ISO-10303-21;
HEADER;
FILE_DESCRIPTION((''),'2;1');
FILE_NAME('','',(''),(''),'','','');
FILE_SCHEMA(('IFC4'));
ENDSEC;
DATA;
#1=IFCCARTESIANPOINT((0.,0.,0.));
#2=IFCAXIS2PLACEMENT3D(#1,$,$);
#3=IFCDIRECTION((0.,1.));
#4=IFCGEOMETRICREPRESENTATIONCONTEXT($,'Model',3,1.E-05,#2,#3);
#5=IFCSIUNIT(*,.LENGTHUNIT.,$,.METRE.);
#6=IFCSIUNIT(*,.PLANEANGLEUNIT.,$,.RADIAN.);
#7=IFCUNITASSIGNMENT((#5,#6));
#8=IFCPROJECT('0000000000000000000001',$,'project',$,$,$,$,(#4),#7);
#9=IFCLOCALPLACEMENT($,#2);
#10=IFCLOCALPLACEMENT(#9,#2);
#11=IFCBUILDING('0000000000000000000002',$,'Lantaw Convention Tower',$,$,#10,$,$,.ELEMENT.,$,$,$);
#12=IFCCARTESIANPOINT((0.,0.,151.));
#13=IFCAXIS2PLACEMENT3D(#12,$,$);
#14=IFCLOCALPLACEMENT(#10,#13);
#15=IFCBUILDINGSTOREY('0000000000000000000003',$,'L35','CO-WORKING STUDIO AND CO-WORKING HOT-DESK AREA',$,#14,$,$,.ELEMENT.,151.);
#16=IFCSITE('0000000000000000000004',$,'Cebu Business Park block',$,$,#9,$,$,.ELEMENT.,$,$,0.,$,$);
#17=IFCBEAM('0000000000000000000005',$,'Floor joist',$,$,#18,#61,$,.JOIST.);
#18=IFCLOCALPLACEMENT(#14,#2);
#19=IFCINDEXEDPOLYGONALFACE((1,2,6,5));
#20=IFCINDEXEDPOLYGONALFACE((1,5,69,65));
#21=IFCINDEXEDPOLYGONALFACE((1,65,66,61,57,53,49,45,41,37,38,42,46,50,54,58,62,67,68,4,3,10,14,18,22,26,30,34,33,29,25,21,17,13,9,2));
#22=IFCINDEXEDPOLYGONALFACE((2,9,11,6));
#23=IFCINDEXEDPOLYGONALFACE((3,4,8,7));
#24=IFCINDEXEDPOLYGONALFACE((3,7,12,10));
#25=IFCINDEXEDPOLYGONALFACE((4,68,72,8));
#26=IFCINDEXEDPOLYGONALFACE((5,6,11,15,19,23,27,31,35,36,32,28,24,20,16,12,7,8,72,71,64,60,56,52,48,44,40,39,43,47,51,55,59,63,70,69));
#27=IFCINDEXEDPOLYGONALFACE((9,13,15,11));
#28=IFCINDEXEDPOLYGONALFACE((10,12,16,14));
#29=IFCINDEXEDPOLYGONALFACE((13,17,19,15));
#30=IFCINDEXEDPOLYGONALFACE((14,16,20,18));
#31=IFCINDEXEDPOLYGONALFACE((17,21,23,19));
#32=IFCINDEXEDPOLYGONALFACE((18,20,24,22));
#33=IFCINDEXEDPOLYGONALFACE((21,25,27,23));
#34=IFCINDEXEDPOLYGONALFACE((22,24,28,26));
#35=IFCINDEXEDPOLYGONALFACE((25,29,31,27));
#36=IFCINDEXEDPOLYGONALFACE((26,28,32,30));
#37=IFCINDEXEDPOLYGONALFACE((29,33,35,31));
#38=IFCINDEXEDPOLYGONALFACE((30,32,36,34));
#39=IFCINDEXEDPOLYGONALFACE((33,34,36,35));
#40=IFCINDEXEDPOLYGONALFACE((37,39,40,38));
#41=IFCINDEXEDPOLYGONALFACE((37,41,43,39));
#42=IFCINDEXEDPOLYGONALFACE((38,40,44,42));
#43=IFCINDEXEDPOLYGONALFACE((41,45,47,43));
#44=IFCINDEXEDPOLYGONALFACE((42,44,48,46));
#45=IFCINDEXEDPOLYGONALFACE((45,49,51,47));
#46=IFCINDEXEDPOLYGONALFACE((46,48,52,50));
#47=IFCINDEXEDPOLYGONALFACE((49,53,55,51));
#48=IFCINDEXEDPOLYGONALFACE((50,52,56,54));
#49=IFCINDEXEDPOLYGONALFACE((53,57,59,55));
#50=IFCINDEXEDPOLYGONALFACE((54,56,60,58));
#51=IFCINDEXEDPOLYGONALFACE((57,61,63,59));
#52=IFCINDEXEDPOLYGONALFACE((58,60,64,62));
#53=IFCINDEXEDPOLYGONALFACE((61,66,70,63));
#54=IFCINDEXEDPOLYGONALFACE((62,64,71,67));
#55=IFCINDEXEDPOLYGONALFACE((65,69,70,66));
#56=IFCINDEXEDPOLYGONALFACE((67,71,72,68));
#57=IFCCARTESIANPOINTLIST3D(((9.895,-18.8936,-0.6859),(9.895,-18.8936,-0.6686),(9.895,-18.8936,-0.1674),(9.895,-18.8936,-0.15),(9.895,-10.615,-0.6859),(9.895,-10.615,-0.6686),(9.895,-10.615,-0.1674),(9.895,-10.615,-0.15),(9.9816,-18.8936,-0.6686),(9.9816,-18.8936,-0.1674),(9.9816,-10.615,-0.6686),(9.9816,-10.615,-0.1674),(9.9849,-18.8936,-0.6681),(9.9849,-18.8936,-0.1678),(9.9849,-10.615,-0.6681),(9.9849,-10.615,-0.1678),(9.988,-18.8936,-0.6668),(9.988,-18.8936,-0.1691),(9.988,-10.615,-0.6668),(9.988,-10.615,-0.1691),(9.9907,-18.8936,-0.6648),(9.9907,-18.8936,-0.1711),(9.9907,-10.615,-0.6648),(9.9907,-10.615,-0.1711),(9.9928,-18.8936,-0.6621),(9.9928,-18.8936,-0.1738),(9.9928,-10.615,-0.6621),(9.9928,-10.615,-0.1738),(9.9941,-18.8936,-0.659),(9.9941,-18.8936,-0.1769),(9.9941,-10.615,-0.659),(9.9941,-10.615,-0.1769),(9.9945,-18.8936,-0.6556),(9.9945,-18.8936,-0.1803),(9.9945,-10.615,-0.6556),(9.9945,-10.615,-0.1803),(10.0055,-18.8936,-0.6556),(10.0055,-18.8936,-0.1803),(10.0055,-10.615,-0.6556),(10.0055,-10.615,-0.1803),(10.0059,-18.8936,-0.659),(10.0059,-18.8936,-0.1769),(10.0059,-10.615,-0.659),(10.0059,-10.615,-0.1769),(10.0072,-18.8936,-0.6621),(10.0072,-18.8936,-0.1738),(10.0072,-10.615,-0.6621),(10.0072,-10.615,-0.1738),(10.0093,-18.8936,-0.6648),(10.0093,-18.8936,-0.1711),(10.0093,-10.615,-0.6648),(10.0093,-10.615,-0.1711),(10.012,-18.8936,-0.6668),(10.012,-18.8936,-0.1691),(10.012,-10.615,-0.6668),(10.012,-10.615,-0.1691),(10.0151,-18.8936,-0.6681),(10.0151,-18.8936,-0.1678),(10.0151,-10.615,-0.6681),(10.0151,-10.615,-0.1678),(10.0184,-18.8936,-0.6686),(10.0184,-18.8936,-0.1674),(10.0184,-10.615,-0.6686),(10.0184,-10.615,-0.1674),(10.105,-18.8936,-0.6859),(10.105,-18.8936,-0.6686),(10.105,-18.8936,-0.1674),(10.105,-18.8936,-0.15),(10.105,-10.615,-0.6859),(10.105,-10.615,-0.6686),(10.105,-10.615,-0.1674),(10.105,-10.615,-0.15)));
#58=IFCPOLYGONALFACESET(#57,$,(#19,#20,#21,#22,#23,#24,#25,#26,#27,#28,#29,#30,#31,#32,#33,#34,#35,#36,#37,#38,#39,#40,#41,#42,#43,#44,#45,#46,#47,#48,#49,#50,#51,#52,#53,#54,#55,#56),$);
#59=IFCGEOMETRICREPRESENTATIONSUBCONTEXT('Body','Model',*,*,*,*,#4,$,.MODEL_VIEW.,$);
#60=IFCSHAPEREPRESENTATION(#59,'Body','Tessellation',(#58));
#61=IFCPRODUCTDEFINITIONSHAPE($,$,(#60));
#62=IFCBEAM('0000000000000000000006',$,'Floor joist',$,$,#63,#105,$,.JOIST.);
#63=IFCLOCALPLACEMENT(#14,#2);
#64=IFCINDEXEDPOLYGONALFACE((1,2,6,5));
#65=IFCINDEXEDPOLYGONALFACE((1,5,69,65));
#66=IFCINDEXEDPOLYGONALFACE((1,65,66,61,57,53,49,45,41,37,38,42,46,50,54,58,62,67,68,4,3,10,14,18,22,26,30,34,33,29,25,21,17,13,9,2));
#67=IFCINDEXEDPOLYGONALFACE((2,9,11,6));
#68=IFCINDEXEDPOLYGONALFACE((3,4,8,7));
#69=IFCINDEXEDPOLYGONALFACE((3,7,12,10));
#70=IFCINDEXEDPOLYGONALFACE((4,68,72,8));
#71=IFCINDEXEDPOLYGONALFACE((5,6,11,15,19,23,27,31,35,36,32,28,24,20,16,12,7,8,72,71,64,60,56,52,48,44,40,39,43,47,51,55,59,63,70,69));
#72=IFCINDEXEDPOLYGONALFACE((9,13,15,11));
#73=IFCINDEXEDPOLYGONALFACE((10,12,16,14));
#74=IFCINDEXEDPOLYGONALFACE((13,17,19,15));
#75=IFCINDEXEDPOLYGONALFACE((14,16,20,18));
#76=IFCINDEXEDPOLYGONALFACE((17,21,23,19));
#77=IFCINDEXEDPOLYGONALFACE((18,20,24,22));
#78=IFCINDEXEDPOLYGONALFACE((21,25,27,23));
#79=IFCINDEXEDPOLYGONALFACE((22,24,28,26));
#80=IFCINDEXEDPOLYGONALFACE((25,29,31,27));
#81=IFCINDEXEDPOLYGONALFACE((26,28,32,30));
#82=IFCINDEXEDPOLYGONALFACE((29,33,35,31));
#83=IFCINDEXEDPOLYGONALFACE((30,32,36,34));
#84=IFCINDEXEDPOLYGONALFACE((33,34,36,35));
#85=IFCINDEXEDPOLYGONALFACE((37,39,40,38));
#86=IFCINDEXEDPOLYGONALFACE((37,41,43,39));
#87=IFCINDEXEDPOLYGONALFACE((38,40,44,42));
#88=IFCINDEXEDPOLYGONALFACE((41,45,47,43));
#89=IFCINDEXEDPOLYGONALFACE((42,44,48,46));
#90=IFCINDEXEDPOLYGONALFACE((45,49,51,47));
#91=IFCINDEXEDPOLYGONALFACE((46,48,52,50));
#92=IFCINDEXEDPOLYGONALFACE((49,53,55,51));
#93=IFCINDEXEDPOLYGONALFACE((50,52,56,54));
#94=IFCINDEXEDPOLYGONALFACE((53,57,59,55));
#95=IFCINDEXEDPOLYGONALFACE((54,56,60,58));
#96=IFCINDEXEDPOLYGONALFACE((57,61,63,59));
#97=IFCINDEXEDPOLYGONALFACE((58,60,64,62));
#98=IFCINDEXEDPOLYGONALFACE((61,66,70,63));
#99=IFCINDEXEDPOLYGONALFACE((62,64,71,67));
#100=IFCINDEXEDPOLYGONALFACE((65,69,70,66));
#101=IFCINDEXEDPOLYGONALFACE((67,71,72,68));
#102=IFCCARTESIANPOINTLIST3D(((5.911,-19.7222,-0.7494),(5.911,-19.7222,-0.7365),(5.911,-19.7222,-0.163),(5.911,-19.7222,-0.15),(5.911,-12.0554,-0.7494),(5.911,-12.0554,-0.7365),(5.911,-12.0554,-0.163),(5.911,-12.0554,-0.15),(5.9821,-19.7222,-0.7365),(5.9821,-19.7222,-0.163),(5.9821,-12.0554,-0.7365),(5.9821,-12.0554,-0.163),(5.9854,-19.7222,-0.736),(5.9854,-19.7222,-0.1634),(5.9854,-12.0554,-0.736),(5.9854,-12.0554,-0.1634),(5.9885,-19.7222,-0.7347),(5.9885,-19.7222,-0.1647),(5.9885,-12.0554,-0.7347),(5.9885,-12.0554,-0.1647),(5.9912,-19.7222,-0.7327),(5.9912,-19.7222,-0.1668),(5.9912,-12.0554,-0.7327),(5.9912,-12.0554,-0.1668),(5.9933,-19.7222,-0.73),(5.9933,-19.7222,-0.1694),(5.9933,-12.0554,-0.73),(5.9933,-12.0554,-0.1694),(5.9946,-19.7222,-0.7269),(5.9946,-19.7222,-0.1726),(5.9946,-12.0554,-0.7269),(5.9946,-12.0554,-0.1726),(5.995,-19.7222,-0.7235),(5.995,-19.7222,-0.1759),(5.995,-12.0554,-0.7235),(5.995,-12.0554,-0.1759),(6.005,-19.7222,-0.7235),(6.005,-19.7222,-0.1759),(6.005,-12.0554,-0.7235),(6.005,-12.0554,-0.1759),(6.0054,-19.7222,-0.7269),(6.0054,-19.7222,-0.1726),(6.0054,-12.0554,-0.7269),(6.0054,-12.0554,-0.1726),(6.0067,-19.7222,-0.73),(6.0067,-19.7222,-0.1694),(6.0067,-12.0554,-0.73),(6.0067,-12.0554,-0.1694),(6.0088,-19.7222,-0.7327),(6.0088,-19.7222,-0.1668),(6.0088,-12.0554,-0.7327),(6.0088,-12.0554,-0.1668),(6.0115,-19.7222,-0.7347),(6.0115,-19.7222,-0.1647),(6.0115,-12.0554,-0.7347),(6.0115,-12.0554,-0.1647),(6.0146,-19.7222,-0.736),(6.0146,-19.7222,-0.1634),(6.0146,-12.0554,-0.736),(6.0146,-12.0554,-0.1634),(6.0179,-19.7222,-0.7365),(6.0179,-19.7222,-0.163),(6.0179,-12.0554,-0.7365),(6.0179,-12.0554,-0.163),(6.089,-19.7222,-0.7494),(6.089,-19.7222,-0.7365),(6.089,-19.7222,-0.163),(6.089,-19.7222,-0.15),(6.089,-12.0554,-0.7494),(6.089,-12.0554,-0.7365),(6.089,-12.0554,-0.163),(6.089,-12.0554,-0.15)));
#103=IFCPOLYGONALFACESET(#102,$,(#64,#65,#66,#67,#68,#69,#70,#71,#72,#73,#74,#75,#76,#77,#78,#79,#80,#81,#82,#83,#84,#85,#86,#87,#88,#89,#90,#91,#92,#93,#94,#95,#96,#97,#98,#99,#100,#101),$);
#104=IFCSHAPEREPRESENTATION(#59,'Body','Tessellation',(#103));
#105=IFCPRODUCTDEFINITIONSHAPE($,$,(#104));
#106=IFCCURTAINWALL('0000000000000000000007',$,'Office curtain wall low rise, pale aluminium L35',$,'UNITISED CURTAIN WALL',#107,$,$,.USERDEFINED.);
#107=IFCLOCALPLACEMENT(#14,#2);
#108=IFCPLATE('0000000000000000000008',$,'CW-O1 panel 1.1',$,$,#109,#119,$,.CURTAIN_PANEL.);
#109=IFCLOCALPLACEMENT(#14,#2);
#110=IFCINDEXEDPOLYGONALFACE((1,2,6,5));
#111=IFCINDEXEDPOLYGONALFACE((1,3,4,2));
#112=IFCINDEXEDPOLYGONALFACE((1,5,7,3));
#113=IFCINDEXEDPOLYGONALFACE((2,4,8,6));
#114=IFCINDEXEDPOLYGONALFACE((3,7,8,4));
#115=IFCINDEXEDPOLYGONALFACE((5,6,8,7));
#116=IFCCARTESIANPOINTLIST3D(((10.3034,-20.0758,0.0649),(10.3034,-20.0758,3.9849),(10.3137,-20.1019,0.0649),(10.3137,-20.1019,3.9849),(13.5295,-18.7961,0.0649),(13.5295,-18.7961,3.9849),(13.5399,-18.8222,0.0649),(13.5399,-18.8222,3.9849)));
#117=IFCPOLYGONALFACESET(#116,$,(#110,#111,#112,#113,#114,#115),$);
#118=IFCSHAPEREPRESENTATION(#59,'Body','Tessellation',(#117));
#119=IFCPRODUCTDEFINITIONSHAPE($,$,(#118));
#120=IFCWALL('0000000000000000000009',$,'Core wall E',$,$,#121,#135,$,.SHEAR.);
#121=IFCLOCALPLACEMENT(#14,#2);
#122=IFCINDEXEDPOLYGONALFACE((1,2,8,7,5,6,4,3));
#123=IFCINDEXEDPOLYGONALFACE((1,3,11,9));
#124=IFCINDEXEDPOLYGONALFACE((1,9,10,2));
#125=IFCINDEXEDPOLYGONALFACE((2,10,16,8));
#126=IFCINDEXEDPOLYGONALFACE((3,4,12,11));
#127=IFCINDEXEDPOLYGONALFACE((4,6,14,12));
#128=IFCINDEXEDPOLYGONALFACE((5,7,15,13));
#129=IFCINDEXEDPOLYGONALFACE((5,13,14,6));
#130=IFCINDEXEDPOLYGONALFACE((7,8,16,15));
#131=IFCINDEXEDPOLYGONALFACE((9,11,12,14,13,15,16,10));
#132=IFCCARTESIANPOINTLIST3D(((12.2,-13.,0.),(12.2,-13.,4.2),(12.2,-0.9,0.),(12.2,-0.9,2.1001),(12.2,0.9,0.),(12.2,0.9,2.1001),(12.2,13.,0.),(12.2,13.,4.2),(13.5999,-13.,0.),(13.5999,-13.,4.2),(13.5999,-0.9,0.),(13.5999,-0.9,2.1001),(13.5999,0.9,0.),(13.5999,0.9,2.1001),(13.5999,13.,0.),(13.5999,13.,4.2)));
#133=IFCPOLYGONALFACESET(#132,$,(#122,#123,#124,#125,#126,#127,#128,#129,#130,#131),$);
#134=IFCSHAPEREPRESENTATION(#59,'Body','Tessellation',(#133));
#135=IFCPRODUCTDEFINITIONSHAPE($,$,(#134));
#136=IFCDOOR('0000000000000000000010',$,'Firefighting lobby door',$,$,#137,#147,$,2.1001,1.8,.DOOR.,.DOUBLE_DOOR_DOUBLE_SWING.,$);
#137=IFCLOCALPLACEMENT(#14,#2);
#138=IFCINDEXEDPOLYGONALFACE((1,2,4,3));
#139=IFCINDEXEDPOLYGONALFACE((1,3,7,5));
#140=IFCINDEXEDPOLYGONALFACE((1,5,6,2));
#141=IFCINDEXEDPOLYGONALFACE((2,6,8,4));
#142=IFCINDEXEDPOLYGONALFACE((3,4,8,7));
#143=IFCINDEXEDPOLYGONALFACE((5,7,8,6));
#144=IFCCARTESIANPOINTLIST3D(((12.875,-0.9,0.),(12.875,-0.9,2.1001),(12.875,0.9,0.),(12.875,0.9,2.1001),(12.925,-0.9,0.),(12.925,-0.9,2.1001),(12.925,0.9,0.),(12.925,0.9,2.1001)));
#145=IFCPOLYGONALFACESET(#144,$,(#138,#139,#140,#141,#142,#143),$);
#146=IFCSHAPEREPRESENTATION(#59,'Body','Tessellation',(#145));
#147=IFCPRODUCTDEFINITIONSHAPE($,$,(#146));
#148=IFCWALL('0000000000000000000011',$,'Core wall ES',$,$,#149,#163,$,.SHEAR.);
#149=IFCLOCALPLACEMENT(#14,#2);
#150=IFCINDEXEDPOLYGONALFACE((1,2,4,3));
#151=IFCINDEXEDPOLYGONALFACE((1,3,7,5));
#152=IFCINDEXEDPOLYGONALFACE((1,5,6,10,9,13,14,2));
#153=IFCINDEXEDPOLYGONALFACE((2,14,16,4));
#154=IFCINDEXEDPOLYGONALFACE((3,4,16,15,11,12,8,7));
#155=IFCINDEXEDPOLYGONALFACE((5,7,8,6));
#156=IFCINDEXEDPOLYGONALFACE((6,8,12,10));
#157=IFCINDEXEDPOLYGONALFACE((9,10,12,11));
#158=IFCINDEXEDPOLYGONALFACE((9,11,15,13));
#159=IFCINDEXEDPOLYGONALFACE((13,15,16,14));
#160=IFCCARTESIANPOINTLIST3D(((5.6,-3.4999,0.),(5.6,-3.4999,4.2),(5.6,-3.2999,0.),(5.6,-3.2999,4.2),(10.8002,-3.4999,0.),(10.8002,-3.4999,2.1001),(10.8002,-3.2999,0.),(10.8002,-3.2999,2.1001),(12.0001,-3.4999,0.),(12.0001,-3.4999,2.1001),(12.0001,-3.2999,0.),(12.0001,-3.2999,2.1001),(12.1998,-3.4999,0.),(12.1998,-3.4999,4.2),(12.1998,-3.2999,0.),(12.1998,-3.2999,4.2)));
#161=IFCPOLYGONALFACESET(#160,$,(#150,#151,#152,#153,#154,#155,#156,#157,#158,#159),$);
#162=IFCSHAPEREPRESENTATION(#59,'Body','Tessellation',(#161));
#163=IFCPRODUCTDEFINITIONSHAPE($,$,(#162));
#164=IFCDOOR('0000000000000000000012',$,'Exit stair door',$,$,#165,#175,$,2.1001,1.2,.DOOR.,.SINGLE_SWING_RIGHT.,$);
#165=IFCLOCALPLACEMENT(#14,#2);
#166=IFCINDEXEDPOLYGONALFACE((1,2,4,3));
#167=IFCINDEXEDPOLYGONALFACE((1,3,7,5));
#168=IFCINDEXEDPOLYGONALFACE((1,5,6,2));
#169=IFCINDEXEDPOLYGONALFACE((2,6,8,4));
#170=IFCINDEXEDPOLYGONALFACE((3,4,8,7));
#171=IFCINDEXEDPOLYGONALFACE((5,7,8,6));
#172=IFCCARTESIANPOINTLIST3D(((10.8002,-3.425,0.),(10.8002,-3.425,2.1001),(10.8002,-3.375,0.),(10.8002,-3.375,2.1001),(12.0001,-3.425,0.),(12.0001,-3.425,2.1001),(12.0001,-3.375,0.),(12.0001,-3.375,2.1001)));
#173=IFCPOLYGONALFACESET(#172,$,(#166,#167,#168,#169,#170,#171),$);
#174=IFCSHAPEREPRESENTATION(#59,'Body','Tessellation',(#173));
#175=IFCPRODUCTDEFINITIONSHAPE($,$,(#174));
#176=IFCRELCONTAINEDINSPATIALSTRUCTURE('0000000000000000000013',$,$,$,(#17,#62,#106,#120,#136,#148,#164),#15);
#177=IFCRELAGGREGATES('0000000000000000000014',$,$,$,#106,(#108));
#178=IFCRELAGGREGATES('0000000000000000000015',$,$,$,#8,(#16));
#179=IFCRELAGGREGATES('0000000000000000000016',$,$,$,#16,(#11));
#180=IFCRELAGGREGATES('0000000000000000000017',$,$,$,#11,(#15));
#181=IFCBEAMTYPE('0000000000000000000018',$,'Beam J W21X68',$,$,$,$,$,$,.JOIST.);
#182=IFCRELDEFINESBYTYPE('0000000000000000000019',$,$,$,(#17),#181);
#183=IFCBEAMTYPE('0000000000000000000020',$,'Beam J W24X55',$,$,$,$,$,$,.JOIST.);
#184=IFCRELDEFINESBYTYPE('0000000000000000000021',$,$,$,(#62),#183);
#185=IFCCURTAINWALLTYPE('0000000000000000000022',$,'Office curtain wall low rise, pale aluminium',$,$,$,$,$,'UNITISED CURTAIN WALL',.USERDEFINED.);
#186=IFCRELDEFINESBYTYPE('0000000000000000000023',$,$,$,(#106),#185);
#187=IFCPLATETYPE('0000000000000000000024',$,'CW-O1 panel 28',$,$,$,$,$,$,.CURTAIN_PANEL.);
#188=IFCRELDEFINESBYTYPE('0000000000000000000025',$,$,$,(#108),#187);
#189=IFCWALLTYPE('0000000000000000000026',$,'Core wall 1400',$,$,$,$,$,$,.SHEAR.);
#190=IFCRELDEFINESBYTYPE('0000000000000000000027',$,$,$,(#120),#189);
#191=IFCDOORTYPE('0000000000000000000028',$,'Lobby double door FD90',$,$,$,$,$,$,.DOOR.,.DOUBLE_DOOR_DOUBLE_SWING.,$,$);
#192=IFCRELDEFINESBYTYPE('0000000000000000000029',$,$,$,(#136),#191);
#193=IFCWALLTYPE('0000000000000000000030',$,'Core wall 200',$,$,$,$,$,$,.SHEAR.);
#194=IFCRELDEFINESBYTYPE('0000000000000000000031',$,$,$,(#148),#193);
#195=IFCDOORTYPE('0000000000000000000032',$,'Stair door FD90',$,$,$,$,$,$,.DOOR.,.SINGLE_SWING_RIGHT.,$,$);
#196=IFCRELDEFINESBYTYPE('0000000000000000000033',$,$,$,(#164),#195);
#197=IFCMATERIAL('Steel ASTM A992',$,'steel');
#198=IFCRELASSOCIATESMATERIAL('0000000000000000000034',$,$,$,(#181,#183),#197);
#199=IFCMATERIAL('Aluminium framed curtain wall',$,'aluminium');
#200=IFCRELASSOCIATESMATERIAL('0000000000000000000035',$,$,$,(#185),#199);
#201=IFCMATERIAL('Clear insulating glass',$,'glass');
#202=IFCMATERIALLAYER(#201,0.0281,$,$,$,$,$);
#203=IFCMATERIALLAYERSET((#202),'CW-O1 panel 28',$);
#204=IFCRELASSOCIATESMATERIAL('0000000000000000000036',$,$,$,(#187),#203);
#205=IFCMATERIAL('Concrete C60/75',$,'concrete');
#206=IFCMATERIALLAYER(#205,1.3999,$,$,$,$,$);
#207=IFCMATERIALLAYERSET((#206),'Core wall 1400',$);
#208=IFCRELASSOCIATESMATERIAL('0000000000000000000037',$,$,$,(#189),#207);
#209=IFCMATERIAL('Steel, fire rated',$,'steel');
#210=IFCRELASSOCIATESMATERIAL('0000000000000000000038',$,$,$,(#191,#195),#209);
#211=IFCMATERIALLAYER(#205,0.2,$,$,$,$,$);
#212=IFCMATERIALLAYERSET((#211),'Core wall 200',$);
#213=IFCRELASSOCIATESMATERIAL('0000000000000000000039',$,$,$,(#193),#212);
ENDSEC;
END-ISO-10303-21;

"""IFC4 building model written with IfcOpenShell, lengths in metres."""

from ifc_helpers import new_model, si_unit, direction, frame, frame_2d, origin, origin_2d, place, context, subcontext, project, spatial, rectangle, i_section, extrude, material, layer, layer_set, material_profile, profile_set, type_object, element, fill, aggregate, save


model = new_model("IFC4")

# Units and contexts
model_context = context("Model", 3, precision=1e-05, world=origin(), true_north=direction((0.0, 1.0)))
body_context = subcontext(model_context, "Body", "Model", "MODEL_VIEW")
ifc_project = project(units=[si_unit("LENGTHUNIT", "METRE"), si_unit("PLANEANGLEUNIT", "RADIAN")], contexts=[model_context])

# Site, building, storey
site_placement = place(None, origin())
site = spatial("IfcSite", under=ifc_project, at=site_placement, Name="Cebu Business Park block", CompositionType="ELEMENT", RefElevation=0.0)
building_placement = place(site_placement, origin())
building = spatial("IfcBuilding", under=site, at=building_placement, Name="Lantaw Convention Tower", CompositionType="ELEMENT")
storey_placement = place(building_placement, frame((0.0, 0.0, 151.0)))
storey = spatial("IfcBuildingStorey", under=building, at=storey_placement, Name="L35", Description="CO-WORKING STUDIO AND CO-WORKING HOT-DESK AREA", CompositionType="ELEMENT", Elevation=151.0)

# Shared definitions
ifc_material_1 = material(Name="Concrete C60/75", Category="concrete")

# Beams
ifc_material_2 = material(Name="Steel ASTM A992", Category="steel")
ifc_material_profile_1 = material_profile(ifc_material_2, i_section(OverallWidth=0.21, OverallDepth=0.5359, WebThickness=0.011, FlangeThickness=0.0173, FilletRadius=0.0129, at=origin_2d()), Name="W21X68")
ifc_profile_set_1 = profile_set([ifc_material_profile_1], Name="Steel ASTM A992")
beam_type_1 = type_object("IfcBeamType", Name="Beam J W21X68", PredefinedType="JOIST", material=ifc_profile_set_1)
beam_1_placement = place(storey_placement, frame((10.0, -18.8936, -0.418), z_axis=(0.0, 1.0, 0.0), x_axis=(-1.0, 0.0, 0.0)))
element("IfcBeam", 1, at=beam_1_placement, inside=storey, type_object=beam_type_1, Name="Floor joist", PredefinedType="JOIST", context=body_context, shape_type="SweptSolid", body=[
    extrude(i_section(OverallWidth=0.21, OverallDepth=0.5359, WebThickness=0.011, FlangeThickness=0.0173, FilletRadius=0.0129, at=origin_2d()), origin(), (0.0, 0.0, 1.0), 8.2786),
])
ifc_material_profile_2 = material_profile(ifc_material_2, i_section(OverallWidth=0.178, OverallDepth=0.5994, WebThickness=0.01, FlangeThickness=0.0129, FilletRadius=0.0129, at=origin_2d()), Name="W24X55")
ifc_profile_set_2 = profile_set([ifc_material_profile_2], Name="Steel ASTM A992")
beam_type_2 = type_object("IfcBeamType", Name="Beam J W24X55", PredefinedType="JOIST", material=ifc_profile_set_2)
beam_2_placement = place(storey_placement, frame((6.0, -19.7222, -0.4497), z_axis=(0.0, 1.0, 0.0), x_axis=(-1.0, 0.0, 0.0)))
element("IfcBeam", 2, at=beam_2_placement, inside=storey, type_object=beam_type_2, Name="Floor joist", PredefinedType="JOIST", context=body_context, shape_type="SweptSolid", body=[
    extrude(i_section(OverallWidth=0.178, OverallDepth=0.5994, WebThickness=0.01, FlangeThickness=0.0129, FilletRadius=0.0129, at=origin_2d()), origin(), (0.0, 0.0, 1.0), 7.6667),
])

# Curtain wall, plate
ifc_material_3 = material(Name="Aluminium framed curtain wall", Category="aluminium")
curtain_wall_type = type_object("IfcCurtainWallType", Name="Office curtain wall low rise, pale aluminium", ElementType="UNITISED CURTAIN WALL", PredefinedType="USERDEFINED", material=ifc_material_3)
curtain_wall_placement = place(storey_placement, origin())
curtain_wall = element("IfcCurtainWall", 3, at=curtain_wall_placement, inside=storey, type_object=curtain_wall_type, Name="Office curtain wall low rise, pale aluminium L35", ObjectType="UNITISED CURTAIN WALL", PredefinedType="USERDEFINED")
ifc_material_4 = material(Name="Clear insulating glass", Category="glass")
ifc_layer_1 = layer(ifc_material_4, 0.0281)
ifc_layer_set_1 = layer_set([ifc_layer_1], Name="CW-O1 panel 28")
plate_type = type_object("IfcPlateType", Name="CW-O1 panel 28", PredefinedType="CURTAIN_PANEL", material=ifc_layer_set_1)
plate_placement = place(storey_placement, frame((11.9216, -19.449, 0.0649), z_axis=(0.0, 0.0, 1.0), x_axis=(0.929548, 0.368702, 0.0)))
plate = element("IfcPlate", 4, at=plate_placement, type_object=plate_type, Name="CW-O1 panel 1.1", PredefinedType="CURTAIN_PANEL", context=body_context, shape_type="SweptSolid", body=[
    extrude(rectangle(XDim=3.4707, YDim=0.0281, at=origin_2d()), origin(), (0.0, 0.0, 1.0), 3.9199),
])
aggregate(curtain_wall, [plate])

# Walls, openings, doors
ifc_layer_2 = layer(ifc_material_1, 1.3999)
ifc_layer_set_2 = layer_set([ifc_layer_2], Name="Core wall 1400")
wall_type_1 = type_object("IfcWallType", Name="Core wall 1400", PredefinedType="SHEAR", material=ifc_layer_set_2)
wall_1_placement = place(storey_placement, frame((12.8999, -13.0, 0.0), z_axis=(0.0, 0.0, 1.0), x_axis=(0.0, 1.0, 0.0)))
wall_1 = element("IfcWall", 5, at=wall_1_placement, inside=storey, type_object=wall_type_1, Name="Core wall E", PredefinedType="SHEAR", context=body_context, shape_type="SweptSolid", body=[
    extrude(rectangle(XDim=26.0, YDim=1.3999, at=frame_2d((13.0, 0.0))), origin(), (0.0, 0.0, 1.0), 4.2),
])
opening_1_placement = place(wall_1_placement, frame((12.1001, 0.0, 0.0)))
opening_1 = element("IfcOpeningElement", 6, at=opening_1_placement, cuts=wall_1, PredefinedType="OPENING", context=body_context, shape_type="SweptSolid", body=[
    extrude(rectangle(XDim=1.8, YDim=2.1001, at=frame_2d((0.8999, 1.05))), frame((0.0, 0.71, 0.0), z_axis=(0.0, -1.0, 0.0), x_axis=(1.0, 0.0, 0.0)), (0.0, 0.0, 1.0), 1.4199),
])
ifc_material_5 = material(Name="Steel, fire rated", Category="steel")
door_type_1 = type_object("IfcDoorType", Name="Lobby double door FD90", OperationType="DOUBLE_DOOR_DOUBLE_SWING", PredefinedType="DOOR", material=ifc_material_5)
door_1_placement = place(opening_1_placement, origin())
door_1 = element("IfcDoor", 7, at=door_1_placement, inside=storey, type_object=door_type_1, Name="Firefighting lobby door", OperationType="DOUBLE_DOOR_DOUBLE_SWING", OverallHeight=2.1001, OverallWidth=1.8, PredefinedType="DOOR", context=body_context, shape_type="SweptSolid", body=[
    extrude(rectangle(XDim=1.8, YDim=2.1001, at=frame_2d((0.8999, 1.05))), frame((0.0, 0.0249, 0.0), z_axis=(0.0, -1.0, 0.0), x_axis=(1.0, 0.0, 0.0)), (0.0, 0.0, 1.0), 0.05),
])
fill(opening_1, door_1)
ifc_layer_3 = layer(ifc_material_1, 0.2)
ifc_layer_set_3 = layer_set([ifc_layer_3], Name="Core wall 200")
wall_type_2 = type_object("IfcWallType", Name="Core wall 200", PredefinedType="SHEAR", material=ifc_layer_set_3)
wall_2_placement = place(storey_placement, frame((5.6001, -3.3999, 0.0), z_axis=(0.0, 0.0, 1.0), x_axis=(1.0, 0.0, 0.0)))
wall_2 = element("IfcWall", 8, at=wall_2_placement, inside=storey, type_object=wall_type_2, Name="Core wall ES", PredefinedType="SHEAR", context=body_context, shape_type="SweptSolid", body=[
    extrude(rectangle(XDim=6.5999, YDim=0.2, at=frame_2d((3.2998, 0.0))), origin(), (0.0, 0.0, 1.0), 4.2),
])
opening_2_placement = place(wall_2_placement, frame((5.2, 0.0, 0.0)))
opening_2 = element("IfcOpeningElement", 9, at=opening_2_placement, cuts=wall_2, PredefinedType="OPENING", context=body_context, shape_type="SweptSolid", body=[
    extrude(rectangle(XDim=1.2, YDim=2.1001, at=frame_2d((0.6001, 1.05))), frame((0.0, 0.1099, 0.0), z_axis=(0.0, -1.0, 0.0), x_axis=(1.0, 0.0, 0.0)), (0.0, 0.0, 1.0), 0.22),
])
door_type_2 = type_object("IfcDoorType", Name="Stair door FD90", OperationType="SINGLE_SWING_RIGHT", PredefinedType="DOOR", material=ifc_material_5)
door_2_placement = place(opening_2_placement, origin())
door_2 = element("IfcDoor", 10, at=door_2_placement, inside=storey, type_object=door_type_2, Name="Exit stair door", OperationType="SINGLE_SWING_RIGHT", OverallHeight=2.1001, OverallWidth=1.2, PredefinedType="DOOR", context=body_context, shape_type="SweptSolid", body=[
    extrude(rectangle(XDim=1.2, YDim=2.1001, at=frame_2d((0.6001, 1.05))), frame((0.0, 0.0249, 0.0), z_axis=(0.0, -1.0, 0.0), x_axis=(1.0, 0.0, 0.0)), (0.0, 0.0, 1.0), 0.05),
])
fill(opening_2, door_2)

save(model, "model.ifc")
